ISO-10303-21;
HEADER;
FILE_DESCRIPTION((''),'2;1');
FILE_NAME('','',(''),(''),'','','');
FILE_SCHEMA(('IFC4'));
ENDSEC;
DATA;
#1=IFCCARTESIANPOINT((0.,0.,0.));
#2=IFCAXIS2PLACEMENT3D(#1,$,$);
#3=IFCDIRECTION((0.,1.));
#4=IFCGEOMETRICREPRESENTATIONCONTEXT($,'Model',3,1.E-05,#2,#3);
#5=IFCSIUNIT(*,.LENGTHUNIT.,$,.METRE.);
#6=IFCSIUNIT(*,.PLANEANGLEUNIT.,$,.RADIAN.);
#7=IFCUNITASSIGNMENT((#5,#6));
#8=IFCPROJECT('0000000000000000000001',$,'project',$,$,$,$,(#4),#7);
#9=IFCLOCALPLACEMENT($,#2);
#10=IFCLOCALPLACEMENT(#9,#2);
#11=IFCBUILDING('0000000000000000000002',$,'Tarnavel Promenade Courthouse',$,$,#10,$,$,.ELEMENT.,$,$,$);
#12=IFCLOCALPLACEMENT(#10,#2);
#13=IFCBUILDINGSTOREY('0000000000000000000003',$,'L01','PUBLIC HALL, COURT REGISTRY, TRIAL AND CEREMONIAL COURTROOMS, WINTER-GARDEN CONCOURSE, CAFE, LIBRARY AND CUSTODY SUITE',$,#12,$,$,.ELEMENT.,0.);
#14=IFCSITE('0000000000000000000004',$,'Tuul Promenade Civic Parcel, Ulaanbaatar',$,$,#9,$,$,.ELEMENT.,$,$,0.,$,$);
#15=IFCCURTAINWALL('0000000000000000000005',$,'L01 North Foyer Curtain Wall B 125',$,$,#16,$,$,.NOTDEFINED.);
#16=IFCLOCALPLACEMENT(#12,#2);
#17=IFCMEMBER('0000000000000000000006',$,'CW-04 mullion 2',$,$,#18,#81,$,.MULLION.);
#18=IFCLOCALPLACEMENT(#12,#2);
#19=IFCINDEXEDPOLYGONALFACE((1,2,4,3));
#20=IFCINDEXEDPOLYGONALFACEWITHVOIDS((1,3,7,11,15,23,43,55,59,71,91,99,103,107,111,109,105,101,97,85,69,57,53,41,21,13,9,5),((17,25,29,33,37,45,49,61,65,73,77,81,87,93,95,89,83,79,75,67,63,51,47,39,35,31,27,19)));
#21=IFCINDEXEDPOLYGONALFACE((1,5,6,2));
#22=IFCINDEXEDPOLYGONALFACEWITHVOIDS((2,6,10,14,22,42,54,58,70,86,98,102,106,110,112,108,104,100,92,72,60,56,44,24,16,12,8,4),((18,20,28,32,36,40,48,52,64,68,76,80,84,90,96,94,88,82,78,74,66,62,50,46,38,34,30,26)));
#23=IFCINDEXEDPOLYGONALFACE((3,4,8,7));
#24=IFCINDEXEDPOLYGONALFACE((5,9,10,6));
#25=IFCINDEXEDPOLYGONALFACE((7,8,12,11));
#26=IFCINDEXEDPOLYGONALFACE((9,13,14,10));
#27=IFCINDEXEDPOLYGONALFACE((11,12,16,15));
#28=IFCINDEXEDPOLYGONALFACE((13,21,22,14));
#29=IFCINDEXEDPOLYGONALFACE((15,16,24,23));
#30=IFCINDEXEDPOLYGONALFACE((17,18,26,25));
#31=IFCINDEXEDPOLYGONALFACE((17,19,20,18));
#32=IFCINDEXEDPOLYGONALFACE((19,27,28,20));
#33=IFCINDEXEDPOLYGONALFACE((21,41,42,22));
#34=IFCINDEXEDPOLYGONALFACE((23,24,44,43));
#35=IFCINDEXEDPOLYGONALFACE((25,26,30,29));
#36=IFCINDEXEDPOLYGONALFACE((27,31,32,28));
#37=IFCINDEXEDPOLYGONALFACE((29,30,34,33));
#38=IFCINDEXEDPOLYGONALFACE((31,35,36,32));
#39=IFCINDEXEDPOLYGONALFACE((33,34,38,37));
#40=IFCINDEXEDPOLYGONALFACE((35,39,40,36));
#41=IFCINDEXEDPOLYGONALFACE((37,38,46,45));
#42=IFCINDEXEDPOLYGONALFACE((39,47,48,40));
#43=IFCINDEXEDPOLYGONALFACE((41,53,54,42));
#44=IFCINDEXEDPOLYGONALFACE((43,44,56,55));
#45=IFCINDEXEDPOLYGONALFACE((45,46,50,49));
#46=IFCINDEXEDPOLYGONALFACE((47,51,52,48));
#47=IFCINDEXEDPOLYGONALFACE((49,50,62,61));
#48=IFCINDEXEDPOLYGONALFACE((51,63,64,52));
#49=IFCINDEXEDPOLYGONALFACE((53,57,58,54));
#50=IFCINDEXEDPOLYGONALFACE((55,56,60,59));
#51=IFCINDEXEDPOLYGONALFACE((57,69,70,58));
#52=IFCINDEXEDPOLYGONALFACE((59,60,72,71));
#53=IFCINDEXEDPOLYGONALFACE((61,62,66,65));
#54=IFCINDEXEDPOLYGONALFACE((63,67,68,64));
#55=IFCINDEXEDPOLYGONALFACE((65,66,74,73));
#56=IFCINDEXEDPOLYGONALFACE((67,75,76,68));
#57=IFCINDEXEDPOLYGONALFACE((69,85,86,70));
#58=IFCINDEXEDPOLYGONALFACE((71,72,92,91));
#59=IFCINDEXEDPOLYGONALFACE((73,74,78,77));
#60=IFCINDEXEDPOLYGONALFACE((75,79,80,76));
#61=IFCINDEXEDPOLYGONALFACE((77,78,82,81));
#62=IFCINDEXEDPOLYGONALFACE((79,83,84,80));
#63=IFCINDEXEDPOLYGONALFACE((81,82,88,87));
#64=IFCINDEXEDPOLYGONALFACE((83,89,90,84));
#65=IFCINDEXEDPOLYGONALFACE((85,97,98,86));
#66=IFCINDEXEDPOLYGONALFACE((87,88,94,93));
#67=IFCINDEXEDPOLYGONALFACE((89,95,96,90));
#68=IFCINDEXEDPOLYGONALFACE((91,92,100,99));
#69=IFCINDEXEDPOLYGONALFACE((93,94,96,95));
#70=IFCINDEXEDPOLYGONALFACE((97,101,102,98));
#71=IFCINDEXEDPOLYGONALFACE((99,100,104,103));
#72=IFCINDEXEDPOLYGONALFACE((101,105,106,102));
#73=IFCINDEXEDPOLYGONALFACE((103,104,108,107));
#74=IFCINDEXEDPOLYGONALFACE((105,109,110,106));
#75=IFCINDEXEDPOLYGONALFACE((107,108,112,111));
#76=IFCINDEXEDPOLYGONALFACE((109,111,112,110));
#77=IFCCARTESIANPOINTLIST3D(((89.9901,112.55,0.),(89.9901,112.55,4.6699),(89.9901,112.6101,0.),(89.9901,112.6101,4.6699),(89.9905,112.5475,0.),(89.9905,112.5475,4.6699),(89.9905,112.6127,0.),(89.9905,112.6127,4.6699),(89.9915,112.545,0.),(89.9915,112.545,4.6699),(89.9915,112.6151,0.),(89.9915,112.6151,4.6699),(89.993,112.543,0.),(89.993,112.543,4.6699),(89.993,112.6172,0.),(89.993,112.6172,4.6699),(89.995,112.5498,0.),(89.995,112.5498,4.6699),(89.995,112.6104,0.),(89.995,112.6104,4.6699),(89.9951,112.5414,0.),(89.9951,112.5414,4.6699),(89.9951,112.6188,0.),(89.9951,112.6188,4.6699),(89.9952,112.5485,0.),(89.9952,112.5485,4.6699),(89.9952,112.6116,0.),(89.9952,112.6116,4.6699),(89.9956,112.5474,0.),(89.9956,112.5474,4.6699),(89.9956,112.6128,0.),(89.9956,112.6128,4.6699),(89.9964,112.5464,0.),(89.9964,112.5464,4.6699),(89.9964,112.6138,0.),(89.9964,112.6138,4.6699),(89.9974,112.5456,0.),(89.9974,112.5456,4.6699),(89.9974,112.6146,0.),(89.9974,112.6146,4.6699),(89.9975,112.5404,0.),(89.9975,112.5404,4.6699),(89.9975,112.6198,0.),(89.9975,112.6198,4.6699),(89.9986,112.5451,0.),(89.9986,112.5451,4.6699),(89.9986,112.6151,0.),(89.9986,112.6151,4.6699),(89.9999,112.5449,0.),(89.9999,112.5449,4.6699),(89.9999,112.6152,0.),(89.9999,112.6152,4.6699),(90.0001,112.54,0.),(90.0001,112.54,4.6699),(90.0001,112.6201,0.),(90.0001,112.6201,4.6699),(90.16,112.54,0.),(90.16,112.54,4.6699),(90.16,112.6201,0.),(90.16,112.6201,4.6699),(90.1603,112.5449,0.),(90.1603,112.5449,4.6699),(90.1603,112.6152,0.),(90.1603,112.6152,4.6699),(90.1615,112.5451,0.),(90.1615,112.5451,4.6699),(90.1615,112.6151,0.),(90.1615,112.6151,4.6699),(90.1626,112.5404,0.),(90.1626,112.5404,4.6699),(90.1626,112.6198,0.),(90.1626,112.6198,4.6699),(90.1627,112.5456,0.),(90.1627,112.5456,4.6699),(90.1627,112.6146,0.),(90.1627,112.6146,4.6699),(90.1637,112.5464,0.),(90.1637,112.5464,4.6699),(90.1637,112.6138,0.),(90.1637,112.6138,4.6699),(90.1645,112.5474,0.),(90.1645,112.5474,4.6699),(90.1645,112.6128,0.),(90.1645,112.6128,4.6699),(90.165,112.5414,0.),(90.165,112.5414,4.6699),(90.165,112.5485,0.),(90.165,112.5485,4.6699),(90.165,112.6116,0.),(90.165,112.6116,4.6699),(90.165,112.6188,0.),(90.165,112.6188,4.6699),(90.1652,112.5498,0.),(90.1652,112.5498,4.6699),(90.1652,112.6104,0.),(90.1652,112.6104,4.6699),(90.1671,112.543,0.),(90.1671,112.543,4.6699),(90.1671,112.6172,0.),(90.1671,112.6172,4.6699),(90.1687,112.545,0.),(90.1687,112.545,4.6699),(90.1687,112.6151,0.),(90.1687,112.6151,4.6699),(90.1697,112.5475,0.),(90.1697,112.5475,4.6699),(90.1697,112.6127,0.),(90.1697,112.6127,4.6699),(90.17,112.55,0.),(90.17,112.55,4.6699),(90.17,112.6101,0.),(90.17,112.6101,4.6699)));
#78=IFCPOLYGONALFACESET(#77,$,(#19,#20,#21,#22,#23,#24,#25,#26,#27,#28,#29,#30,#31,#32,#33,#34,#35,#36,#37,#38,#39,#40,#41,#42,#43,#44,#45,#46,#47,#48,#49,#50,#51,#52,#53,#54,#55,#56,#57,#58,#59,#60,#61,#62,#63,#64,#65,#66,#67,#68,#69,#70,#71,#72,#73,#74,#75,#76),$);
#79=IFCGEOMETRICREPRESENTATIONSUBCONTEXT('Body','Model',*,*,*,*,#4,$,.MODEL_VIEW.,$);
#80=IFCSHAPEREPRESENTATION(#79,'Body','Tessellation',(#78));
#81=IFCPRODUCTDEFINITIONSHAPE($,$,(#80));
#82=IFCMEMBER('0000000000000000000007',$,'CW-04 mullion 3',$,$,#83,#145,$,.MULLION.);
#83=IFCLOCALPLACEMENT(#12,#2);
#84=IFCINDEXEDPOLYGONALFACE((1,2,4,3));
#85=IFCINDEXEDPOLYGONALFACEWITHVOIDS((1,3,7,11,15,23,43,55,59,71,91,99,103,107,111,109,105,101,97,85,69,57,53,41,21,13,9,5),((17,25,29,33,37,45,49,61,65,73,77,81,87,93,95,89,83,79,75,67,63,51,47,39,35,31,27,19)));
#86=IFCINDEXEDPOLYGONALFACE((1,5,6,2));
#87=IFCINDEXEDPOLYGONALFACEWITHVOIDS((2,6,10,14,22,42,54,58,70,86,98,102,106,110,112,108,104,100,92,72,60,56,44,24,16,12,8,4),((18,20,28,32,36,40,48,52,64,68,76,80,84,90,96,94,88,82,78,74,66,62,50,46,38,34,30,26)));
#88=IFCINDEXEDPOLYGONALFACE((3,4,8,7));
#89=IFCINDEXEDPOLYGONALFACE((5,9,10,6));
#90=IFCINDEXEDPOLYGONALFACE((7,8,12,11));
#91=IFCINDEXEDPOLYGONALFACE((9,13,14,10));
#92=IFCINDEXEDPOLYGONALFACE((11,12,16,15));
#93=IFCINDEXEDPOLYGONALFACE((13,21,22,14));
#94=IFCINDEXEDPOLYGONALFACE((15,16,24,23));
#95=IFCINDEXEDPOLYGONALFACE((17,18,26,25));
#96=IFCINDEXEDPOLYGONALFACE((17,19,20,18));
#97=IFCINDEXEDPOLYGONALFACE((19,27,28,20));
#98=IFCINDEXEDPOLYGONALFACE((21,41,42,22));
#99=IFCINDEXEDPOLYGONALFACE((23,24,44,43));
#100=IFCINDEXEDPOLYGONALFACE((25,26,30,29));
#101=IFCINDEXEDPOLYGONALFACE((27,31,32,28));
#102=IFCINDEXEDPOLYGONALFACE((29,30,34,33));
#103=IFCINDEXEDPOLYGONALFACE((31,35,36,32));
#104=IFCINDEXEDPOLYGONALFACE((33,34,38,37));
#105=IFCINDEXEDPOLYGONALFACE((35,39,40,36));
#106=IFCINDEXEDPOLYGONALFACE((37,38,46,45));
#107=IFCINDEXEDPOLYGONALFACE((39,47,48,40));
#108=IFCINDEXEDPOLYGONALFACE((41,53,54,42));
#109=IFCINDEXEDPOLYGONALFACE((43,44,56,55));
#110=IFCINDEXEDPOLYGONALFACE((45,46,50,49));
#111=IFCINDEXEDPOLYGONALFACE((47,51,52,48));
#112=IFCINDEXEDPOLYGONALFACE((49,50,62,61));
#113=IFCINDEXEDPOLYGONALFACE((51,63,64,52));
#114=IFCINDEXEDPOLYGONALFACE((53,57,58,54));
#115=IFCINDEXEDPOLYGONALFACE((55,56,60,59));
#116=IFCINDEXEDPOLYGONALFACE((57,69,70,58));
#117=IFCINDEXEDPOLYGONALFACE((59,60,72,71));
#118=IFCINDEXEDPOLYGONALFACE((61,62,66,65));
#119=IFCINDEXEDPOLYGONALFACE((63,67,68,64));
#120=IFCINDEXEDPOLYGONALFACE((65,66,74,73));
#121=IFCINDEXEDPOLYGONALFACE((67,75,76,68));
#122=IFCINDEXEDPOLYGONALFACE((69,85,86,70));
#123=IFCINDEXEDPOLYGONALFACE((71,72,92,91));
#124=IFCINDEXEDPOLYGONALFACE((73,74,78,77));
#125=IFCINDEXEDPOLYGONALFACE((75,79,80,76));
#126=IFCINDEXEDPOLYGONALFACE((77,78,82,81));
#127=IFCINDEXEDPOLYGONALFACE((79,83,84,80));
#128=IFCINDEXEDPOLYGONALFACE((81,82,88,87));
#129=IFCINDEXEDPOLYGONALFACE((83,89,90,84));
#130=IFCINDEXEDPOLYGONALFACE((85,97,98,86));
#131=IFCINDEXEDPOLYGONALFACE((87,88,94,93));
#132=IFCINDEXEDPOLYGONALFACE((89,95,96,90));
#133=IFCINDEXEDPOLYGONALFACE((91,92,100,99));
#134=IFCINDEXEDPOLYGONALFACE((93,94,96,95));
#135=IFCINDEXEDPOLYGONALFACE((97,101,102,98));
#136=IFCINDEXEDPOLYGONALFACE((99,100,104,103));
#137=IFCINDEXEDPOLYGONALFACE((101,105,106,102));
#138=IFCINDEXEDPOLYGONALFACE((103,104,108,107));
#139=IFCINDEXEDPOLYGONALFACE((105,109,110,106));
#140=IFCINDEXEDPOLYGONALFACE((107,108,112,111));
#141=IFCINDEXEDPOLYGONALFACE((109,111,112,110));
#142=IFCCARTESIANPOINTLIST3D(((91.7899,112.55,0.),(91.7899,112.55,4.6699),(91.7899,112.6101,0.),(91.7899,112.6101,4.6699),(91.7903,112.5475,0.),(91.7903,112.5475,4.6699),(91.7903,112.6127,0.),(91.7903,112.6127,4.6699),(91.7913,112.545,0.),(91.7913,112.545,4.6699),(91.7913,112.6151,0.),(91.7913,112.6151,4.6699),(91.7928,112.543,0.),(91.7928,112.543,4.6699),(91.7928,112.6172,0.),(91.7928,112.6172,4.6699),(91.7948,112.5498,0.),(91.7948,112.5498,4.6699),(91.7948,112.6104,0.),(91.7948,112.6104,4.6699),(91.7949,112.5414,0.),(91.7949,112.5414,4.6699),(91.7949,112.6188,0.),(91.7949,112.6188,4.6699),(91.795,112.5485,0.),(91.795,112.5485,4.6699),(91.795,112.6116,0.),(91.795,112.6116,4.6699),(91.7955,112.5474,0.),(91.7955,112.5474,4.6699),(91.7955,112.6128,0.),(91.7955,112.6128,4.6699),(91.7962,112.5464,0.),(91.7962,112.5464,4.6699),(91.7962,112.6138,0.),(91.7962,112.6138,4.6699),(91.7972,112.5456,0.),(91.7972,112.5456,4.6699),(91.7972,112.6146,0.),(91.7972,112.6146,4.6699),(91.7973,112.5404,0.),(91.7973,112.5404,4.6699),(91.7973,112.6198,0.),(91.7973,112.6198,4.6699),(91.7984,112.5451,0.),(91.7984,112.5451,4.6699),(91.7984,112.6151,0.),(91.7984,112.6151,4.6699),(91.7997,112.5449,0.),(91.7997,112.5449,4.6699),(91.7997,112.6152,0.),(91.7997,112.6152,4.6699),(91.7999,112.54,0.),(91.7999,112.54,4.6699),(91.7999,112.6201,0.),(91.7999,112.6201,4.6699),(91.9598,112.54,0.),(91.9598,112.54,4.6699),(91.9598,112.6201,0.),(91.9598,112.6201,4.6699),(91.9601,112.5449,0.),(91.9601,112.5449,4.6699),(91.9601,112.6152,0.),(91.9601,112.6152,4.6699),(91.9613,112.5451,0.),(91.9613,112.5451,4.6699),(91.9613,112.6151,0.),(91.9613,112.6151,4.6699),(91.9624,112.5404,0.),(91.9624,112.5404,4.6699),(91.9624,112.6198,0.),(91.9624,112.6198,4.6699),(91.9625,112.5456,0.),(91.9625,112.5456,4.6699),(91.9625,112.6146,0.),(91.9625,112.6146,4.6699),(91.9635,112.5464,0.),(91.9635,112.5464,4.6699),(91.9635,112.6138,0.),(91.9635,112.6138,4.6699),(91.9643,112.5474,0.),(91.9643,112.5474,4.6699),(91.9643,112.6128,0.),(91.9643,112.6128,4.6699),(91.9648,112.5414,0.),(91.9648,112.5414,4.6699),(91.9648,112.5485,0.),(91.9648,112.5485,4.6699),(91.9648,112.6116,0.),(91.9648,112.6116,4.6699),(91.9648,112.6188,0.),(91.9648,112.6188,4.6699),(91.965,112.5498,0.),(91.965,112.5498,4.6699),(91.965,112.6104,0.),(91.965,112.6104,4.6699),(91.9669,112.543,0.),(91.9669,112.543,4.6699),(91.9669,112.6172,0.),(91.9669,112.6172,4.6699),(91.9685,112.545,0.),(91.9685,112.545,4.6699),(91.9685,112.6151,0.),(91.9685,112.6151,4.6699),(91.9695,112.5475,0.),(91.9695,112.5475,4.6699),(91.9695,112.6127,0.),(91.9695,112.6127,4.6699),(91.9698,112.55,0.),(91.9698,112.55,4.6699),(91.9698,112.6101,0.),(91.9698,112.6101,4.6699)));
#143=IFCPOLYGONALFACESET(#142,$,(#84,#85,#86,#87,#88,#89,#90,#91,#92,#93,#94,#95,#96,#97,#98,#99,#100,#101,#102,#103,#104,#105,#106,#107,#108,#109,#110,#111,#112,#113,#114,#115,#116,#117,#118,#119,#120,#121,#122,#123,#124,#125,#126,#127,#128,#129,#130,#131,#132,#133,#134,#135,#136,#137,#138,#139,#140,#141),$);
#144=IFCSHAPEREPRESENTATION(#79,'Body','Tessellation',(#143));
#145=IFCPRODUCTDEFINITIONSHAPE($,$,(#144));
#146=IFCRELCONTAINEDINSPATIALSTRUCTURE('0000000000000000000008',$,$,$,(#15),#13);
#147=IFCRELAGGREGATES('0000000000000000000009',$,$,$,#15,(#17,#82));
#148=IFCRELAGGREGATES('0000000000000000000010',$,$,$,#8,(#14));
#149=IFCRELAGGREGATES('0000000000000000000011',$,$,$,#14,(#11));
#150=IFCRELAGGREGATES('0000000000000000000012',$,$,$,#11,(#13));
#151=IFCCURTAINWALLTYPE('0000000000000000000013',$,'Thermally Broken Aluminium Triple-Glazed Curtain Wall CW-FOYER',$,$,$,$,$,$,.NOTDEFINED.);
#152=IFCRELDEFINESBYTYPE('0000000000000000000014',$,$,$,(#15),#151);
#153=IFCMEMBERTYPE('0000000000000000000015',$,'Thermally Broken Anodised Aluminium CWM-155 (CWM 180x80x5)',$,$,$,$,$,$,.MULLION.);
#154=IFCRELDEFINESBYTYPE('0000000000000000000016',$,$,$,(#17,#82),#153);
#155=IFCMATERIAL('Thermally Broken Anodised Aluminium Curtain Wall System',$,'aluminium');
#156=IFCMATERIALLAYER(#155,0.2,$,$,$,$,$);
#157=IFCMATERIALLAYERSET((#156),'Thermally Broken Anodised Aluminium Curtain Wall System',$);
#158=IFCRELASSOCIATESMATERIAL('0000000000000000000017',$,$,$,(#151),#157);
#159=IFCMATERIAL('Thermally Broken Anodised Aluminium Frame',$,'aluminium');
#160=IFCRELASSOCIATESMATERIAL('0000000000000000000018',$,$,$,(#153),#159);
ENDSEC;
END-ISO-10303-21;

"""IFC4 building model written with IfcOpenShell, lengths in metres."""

from ifc_helpers import new_model, si_unit, direction, frame, origin, origin_2d, place, context, subcontext, project, spatial, hollow_rectangle, extrude, material, layer, layer_set, material_profile, profile_set, type_object, element, aggregate, save


model = new_model("IFC4")

# Units and contexts
model_context = context("Model", 3, precision=1e-05, world=origin(), true_north=direction((0.0, 1.0)))
body_context = subcontext(model_context, "Body", "Model", "MODEL_VIEW")
ifc_project = project(units=[si_unit("LENGTHUNIT", "METRE"), si_unit("PLANEANGLEUNIT", "RADIAN")], contexts=[model_context])

# Site, building, storey
site_placement = place(None, origin())
site = spatial("IfcSite", under=ifc_project, at=site_placement, Name="Tuul Promenade Civic Parcel, Ulaanbaatar", CompositionType="ELEMENT", RefElevation=0.0)
building_placement = place(site_placement, origin())
building = spatial("IfcBuilding", under=site, at=building_placement, Name="Tarnavel Promenade Courthouse", CompositionType="ELEMENT")
storey_placement = place(building_placement, origin())
storey = spatial("IfcBuildingStorey", under=building, at=storey_placement, Name="L01", Description="PUBLIC HALL, COURT REGISTRY, TRIAL AND CEREMONIAL COURTROOMS, WINTER-GARDEN CONCOURSE, CAFE, LIBRARY AND CUSTODY SUITE", CompositionType="ELEMENT", Elevation=0.0)

# Curtain wall, members
ifc_material_1 = material(Name="Thermally Broken Anodised Aluminium Curtain Wall System", Category="aluminium")
ifc_layer_1 = layer(ifc_material_1, 0.2)
ifc_layer_set_1 = layer_set([ifc_layer_1], Name="Thermally Broken Anodised Aluminium Curtain Wall System")
curtain_wall_type = type_object("IfcCurtainWallType", Name="Thermally Broken Aluminium Triple-Glazed Curtain Wall CW-FOYER", PredefinedType="NOTDEFINED", material=ifc_layer_set_1)
ifc_material_2 = material(Name="Thermally Broken Anodised Aluminium Frame", Category="aluminium")
ifc_material_profile_1 = material_profile(ifc_material_2, hollow_rectangle(XDim=0.0801, YDim=0.1799, WallThickness=0.0049, InnerFilletRadius=0.0049, OuterFilletRadius=0.01, at=origin_2d()), Name="CWM 180x80x5")
ifc_profile_set_1 = profile_set([ifc_material_profile_1], Name="Thermally Broken Anodised Aluminium Frame")
member_type_1 = type_object("IfcMemberType", Name="Thermally Broken Anodised Aluminium CWM-155 (CWM 180x80x5)", PredefinedType="MULLION", material=ifc_profile_set_1)
curtain_wall_1_placement = place(storey_placement, origin())
curtain_wall_1 = element("IfcCurtainWall", 1, at=curtain_wall_1_placement, inside=storey, type_object=curtain_wall_type, Name="L01 North Foyer Curtain Wall B 125", PredefinedType="NOTDEFINED")
member_1_placement = place(storey_placement, frame((90.0801, 112.5801, 0.0), z_axis=(0.0, 0.0, 1.0), x_axis=(0.0, 1.0, 0.0)))
member_1 = element("IfcMember", 2, at=member_1_placement, type_object=member_type_1, Name="CW-04 mullion 2", PredefinedType="MULLION", context=body_context, shape_type="SweptSolid", body=[
    extrude(hollow_rectangle(XDim=0.0801, YDim=0.1799, WallThickness=0.0049, InnerFilletRadius=0.0049, OuterFilletRadius=0.01, at=origin_2d()), origin(), (0.0, 0.0, 1.0), 4.6699),
])
member_2_placement = place(storey_placement, frame((91.8799, 112.5801, 0.0), z_axis=(0.0, 0.0, 1.0), x_axis=(0.0, 1.0, 0.0)))
member_2 = element("IfcMember", 3, at=member_2_placement, type_object=member_type_1, Name="CW-04 mullion 3", PredefinedType="MULLION", context=body_context, shape_type="SweptSolid", body=[
    extrude(hollow_rectangle(XDim=0.0801, YDim=0.1799, WallThickness=0.0049, InnerFilletRadius=0.0049, OuterFilletRadius=0.01, at=origin_2d()), origin(), (0.0, 0.0, 1.0), 4.6699),
])

aggregate(curtain_wall_1, [member_1, member_2])

save(model, "model.ifc")
